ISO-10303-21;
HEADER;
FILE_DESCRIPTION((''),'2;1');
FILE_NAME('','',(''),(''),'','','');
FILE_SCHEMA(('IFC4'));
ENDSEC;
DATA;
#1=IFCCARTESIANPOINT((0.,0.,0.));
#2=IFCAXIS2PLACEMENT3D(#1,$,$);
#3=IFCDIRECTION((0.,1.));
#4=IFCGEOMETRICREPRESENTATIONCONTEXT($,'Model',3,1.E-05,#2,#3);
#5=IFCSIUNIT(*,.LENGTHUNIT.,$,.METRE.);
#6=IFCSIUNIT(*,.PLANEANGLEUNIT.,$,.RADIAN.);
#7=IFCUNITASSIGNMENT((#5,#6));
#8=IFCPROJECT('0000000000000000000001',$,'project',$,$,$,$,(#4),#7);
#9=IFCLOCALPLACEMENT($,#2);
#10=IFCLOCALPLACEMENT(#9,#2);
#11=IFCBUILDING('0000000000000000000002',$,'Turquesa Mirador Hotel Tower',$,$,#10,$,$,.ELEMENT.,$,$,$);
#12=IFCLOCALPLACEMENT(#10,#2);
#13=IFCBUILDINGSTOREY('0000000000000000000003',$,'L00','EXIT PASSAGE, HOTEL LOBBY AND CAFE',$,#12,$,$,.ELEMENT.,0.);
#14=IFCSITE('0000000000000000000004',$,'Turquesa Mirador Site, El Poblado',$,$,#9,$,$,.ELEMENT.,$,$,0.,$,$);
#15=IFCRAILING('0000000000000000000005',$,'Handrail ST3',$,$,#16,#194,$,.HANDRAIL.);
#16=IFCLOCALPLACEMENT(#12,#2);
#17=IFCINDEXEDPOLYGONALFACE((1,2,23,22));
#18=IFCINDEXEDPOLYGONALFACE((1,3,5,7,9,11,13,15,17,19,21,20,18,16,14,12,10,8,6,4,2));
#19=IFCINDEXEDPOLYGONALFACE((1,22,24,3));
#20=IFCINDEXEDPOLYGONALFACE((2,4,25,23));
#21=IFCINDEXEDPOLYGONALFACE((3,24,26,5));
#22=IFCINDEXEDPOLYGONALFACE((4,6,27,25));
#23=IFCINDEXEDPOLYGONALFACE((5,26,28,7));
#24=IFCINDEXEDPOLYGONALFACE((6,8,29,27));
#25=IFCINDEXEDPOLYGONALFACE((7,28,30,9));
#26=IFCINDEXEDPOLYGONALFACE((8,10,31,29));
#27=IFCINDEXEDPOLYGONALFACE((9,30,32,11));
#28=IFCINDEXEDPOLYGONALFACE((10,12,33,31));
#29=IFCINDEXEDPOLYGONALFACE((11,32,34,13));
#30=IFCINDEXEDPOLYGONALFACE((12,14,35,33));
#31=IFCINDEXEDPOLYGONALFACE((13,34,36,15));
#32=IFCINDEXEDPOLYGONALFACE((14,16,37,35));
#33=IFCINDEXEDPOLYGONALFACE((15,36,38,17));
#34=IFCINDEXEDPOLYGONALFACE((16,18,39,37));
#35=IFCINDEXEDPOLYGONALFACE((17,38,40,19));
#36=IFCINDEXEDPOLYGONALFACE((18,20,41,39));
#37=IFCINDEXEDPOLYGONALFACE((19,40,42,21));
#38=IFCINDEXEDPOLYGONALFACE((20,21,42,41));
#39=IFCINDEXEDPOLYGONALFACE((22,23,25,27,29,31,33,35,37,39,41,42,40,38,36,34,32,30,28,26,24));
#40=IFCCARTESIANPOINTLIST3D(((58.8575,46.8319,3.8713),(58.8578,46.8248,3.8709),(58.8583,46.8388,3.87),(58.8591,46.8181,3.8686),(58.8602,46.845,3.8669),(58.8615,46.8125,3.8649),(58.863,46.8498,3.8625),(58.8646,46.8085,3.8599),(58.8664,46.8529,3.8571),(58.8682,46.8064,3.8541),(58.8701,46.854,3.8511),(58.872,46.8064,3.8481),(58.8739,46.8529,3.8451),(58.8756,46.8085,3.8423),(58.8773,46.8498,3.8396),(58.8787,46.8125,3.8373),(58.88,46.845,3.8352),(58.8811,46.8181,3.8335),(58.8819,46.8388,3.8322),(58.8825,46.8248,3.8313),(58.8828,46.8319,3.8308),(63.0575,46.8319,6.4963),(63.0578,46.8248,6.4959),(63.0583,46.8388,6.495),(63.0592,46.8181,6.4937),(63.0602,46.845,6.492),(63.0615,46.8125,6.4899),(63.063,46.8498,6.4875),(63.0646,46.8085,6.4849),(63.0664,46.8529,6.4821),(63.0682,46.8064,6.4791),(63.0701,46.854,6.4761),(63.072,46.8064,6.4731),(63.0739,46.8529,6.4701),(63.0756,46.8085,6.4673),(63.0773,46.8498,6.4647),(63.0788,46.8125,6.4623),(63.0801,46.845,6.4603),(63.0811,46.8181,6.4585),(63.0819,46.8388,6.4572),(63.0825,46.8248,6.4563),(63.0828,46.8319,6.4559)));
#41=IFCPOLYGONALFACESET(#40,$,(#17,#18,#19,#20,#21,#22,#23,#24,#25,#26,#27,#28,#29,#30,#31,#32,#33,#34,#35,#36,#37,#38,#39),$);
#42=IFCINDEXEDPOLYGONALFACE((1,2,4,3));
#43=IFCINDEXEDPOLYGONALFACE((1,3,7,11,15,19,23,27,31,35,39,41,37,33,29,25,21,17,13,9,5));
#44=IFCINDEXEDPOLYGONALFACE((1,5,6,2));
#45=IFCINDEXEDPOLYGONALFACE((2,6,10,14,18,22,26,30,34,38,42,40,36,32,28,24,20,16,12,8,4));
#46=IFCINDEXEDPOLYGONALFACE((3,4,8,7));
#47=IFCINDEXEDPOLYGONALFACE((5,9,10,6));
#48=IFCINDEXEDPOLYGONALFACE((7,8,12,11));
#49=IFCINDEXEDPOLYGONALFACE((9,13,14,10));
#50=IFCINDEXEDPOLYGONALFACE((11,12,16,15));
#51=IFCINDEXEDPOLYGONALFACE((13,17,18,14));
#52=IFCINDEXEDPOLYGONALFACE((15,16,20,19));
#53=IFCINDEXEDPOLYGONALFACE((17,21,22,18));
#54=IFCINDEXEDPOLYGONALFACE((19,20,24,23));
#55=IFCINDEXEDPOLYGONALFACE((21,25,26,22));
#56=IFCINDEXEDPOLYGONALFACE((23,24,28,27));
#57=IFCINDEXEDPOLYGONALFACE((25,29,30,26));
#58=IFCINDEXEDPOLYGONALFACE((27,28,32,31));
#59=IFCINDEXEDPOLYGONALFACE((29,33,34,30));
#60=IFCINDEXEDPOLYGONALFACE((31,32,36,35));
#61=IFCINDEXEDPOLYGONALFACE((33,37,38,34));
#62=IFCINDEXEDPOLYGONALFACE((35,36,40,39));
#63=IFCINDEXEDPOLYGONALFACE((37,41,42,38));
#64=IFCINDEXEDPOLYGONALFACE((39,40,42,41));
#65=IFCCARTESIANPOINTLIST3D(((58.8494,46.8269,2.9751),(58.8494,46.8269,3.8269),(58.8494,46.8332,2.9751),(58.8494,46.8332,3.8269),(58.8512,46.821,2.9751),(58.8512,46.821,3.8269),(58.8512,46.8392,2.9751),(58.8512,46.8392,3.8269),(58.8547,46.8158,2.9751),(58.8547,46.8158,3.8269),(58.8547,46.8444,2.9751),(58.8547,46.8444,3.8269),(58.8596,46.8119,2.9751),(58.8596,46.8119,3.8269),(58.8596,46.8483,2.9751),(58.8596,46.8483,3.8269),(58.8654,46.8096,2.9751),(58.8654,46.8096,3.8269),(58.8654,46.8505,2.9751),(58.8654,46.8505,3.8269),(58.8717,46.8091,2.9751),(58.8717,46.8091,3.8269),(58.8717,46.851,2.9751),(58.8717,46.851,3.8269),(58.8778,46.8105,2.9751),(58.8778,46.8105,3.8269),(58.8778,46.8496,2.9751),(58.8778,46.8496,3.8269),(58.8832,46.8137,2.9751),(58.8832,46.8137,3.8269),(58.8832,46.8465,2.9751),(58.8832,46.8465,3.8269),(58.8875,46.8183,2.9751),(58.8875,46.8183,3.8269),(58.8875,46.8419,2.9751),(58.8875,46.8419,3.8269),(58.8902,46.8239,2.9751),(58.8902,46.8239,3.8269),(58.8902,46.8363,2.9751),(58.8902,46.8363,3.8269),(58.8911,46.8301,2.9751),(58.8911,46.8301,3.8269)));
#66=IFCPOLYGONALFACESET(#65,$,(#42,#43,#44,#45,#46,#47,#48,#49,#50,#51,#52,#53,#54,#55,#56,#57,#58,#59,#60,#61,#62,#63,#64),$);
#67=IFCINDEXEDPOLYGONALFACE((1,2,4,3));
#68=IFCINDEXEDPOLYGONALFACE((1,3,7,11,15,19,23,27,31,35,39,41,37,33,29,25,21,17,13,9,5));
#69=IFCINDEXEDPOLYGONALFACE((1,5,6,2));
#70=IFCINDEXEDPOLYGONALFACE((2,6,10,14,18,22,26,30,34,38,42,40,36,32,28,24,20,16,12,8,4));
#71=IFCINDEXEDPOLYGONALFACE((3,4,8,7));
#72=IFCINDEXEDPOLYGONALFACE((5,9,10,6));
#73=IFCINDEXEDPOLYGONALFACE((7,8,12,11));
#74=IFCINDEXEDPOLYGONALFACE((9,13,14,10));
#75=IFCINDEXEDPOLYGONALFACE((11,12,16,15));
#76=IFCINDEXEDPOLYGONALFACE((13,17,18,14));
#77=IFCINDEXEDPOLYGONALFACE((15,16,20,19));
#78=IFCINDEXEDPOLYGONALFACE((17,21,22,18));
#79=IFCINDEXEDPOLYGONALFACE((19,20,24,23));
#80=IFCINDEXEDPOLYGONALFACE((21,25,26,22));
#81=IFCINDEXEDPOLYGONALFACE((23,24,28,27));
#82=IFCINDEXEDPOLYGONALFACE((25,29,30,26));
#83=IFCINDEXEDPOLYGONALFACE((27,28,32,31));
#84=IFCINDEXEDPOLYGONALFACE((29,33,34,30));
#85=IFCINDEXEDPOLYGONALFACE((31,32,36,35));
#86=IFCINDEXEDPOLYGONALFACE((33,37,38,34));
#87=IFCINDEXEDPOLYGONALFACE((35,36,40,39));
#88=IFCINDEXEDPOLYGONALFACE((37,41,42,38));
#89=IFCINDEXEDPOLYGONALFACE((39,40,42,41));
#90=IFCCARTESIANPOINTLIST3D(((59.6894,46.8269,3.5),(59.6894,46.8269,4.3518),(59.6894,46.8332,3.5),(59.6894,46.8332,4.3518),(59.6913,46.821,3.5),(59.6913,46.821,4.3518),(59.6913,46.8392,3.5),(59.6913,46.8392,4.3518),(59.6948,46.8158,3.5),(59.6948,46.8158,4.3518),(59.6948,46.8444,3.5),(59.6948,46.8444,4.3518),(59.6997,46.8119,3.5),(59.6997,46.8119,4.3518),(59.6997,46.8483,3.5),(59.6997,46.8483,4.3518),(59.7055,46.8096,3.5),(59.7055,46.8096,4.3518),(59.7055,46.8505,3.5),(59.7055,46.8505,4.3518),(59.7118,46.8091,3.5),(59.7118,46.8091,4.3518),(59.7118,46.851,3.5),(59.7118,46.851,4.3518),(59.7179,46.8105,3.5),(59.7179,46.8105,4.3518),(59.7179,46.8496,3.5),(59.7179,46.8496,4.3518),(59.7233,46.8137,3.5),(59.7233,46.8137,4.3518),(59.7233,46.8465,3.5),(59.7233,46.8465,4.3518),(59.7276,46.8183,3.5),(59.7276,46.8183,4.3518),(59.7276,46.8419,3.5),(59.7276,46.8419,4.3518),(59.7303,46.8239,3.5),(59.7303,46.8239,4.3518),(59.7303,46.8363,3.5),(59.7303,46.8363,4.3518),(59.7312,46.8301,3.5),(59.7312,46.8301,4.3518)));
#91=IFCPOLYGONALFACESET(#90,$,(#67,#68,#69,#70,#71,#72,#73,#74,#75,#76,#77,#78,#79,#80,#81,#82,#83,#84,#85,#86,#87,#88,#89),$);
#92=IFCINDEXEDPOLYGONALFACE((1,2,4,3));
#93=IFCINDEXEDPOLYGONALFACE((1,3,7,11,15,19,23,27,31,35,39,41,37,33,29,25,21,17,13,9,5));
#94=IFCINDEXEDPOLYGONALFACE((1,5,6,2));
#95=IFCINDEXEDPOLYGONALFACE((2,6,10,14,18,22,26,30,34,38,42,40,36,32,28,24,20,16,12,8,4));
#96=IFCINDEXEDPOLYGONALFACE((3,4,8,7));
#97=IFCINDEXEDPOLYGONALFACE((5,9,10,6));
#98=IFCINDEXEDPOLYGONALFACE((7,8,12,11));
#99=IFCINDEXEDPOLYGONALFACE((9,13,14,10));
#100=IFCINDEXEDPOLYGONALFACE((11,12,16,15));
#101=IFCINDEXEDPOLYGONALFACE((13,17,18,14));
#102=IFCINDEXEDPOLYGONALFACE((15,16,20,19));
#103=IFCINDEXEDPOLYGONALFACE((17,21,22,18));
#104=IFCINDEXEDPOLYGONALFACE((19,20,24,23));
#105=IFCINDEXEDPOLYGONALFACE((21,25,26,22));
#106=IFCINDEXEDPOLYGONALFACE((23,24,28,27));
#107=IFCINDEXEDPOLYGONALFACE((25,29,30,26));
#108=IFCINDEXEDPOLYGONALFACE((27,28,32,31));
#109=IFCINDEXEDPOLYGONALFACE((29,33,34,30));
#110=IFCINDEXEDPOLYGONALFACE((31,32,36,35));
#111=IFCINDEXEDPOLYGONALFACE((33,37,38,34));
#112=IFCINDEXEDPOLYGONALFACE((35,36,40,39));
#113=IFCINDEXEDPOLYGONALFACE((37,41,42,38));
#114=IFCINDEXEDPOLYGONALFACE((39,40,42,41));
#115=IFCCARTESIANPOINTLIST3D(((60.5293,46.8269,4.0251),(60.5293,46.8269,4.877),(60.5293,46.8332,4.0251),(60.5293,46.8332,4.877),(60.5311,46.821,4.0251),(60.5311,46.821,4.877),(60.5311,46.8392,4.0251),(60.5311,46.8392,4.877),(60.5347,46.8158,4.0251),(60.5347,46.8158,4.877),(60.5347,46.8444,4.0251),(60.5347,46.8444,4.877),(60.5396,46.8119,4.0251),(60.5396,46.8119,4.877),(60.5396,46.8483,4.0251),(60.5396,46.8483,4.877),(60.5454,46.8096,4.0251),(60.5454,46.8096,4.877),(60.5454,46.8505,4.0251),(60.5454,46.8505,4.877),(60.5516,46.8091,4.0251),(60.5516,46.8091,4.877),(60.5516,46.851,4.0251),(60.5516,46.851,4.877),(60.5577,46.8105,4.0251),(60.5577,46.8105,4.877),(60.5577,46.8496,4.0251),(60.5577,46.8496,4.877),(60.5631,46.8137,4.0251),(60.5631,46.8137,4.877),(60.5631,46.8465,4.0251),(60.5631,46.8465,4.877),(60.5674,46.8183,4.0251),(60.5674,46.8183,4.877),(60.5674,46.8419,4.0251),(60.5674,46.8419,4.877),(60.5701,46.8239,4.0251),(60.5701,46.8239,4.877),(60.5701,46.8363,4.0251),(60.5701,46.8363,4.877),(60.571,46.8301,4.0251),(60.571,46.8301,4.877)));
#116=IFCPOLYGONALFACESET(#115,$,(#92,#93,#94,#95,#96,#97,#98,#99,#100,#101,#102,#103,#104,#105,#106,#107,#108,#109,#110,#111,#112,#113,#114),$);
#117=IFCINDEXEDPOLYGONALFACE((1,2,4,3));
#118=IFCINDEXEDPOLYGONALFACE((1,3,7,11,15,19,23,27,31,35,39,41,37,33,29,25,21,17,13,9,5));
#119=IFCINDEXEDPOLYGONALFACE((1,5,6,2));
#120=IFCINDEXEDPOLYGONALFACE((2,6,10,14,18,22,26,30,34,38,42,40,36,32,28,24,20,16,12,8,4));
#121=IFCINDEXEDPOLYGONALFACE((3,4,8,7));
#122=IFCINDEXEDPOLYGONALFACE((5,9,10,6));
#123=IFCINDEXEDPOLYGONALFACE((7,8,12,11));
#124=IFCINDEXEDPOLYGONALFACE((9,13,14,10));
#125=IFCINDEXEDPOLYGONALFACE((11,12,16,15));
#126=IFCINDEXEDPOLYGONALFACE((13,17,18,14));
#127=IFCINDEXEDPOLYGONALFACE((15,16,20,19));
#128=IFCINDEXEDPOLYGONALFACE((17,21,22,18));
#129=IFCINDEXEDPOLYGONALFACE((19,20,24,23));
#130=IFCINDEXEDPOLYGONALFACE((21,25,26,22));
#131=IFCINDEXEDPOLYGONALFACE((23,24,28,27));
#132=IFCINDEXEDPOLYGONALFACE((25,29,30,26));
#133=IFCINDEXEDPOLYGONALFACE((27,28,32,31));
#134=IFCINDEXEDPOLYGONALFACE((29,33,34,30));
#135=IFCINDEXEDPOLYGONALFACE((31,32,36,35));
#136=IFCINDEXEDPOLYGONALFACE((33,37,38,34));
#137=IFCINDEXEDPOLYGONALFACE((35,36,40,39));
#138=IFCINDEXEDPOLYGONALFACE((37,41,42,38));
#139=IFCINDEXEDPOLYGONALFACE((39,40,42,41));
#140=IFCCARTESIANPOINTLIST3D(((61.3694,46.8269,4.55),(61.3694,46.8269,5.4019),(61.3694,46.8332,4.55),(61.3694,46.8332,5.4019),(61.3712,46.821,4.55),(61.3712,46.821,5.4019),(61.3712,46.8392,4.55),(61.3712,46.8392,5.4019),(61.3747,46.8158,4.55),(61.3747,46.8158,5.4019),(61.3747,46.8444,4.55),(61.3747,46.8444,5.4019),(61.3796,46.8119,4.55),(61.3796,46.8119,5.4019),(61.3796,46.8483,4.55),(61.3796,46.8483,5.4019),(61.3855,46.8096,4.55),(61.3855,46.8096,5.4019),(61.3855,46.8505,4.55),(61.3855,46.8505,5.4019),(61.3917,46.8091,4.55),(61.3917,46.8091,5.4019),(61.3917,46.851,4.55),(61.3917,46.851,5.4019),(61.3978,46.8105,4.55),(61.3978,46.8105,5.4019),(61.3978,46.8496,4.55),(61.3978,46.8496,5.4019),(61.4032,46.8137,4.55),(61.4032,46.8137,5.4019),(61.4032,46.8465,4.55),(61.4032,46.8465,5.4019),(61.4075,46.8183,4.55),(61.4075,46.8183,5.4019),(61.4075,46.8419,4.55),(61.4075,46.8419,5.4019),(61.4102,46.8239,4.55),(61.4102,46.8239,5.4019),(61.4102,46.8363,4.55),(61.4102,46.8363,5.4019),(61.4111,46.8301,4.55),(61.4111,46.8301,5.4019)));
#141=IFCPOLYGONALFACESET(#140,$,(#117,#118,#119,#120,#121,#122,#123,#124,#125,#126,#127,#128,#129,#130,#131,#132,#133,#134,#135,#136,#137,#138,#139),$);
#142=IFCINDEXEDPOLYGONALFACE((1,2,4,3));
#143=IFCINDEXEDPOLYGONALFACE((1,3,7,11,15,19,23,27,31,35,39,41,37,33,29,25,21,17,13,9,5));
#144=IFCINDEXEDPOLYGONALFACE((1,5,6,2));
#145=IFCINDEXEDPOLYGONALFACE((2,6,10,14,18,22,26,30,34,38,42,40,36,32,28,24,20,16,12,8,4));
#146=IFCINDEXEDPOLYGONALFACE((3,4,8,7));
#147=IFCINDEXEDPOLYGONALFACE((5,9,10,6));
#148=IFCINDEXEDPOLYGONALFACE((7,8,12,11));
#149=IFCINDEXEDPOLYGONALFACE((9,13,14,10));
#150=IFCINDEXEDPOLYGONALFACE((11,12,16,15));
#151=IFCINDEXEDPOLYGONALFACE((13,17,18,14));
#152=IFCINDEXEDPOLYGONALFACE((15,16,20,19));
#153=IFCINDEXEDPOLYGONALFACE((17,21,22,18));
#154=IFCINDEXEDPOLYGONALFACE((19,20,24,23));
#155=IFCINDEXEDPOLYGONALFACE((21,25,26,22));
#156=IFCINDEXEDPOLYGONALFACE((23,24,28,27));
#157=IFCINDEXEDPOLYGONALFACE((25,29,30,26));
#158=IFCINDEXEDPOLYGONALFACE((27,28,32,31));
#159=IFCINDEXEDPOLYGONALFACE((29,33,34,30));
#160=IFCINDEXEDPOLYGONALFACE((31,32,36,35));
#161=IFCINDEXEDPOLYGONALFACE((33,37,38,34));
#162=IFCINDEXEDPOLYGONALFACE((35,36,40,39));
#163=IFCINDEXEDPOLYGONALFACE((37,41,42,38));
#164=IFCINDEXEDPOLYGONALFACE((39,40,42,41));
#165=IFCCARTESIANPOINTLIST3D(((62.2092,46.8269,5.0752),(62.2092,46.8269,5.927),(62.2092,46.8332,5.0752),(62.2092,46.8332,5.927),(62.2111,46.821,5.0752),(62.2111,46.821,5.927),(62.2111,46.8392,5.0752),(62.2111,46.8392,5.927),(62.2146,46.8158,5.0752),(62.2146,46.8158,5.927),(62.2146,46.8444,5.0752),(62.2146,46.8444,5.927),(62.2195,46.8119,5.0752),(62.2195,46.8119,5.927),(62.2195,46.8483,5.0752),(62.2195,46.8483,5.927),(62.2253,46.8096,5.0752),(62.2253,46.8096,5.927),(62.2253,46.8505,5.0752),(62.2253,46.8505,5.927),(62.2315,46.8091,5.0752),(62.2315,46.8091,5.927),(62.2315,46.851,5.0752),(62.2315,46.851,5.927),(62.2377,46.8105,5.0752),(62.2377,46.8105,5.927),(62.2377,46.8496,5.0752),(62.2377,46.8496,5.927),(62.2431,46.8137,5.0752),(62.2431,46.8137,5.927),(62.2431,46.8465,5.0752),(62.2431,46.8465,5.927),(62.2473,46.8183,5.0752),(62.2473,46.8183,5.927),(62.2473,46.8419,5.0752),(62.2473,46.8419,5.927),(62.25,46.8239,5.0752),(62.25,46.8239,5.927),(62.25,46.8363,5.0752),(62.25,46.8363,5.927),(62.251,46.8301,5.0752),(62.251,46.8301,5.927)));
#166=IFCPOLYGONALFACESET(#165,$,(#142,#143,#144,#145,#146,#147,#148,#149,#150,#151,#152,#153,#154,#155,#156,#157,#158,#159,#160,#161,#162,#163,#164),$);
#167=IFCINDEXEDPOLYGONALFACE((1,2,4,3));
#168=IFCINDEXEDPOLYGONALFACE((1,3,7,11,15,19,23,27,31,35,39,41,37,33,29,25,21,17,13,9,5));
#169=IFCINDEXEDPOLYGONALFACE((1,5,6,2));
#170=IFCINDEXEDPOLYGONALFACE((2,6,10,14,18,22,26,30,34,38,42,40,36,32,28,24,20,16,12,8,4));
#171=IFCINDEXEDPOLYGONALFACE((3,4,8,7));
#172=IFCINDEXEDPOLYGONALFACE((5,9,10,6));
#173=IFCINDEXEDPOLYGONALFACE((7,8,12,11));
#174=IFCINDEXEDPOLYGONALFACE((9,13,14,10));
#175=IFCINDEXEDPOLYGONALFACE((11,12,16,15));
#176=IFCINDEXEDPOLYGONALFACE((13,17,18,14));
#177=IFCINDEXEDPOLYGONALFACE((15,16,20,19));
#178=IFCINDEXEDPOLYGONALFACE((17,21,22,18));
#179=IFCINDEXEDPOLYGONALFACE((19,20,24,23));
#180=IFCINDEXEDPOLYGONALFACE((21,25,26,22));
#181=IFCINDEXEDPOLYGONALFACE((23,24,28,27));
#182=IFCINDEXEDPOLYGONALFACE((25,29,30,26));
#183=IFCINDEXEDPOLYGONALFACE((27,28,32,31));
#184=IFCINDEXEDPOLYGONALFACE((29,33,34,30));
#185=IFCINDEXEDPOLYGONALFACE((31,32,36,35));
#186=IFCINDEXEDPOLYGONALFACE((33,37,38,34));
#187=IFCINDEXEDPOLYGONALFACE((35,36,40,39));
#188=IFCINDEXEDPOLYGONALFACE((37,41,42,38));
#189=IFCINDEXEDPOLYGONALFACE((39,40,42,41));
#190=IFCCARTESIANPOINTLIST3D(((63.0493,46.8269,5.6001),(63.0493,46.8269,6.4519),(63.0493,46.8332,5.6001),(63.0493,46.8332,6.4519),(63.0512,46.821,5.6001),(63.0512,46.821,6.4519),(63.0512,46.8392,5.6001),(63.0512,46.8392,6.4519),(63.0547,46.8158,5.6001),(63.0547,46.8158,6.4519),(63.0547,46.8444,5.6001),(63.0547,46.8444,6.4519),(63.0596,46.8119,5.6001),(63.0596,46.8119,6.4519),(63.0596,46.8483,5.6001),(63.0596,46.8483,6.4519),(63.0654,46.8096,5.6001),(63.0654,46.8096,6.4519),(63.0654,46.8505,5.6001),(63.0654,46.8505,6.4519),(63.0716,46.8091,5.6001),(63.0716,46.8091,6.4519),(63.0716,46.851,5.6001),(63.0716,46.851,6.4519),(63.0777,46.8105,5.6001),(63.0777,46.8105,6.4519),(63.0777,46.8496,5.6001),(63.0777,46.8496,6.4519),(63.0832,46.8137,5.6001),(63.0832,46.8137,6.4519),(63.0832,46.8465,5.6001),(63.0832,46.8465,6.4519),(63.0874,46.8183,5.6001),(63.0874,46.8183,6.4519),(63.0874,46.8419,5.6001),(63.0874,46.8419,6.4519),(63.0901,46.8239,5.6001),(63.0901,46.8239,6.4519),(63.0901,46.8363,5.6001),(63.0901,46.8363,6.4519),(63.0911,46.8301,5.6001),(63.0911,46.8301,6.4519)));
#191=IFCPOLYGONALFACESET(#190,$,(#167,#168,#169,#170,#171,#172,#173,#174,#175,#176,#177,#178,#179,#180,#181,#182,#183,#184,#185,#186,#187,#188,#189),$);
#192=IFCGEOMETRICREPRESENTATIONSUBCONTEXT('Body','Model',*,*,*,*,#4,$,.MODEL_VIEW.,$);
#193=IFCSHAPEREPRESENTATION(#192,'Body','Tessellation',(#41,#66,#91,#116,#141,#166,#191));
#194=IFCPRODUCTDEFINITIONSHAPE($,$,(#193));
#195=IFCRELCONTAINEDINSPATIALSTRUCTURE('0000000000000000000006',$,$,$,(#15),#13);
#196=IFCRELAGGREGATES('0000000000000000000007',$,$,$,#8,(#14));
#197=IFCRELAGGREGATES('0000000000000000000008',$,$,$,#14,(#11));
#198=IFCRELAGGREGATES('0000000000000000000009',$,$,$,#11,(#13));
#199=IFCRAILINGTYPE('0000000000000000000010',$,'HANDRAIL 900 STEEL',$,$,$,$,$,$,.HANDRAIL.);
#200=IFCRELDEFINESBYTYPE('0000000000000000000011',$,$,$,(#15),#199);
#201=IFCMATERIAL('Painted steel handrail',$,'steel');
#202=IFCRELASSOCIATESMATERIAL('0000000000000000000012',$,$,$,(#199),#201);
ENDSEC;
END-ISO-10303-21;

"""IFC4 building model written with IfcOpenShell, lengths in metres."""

from ifc_helpers import new_model, si_unit, direction, frame, origin, origin_2d, place, context, subcontext, project, spatial, circle, extrude, material, type_object, element, save


model = new_model("IFC4")

# Units and contexts
model_context = context("Model", 3, precision=1e-05, world=origin(), true_north=direction((0.0, 1.0)))
body_context = subcontext(model_context, "Body", "Model", "MODEL_VIEW")
ifc_project = project(units=[si_unit("LENGTHUNIT", "METRE"), si_unit("PLANEANGLEUNIT", "RADIAN")], contexts=[model_context])

# Site, building, storey
site_placement = place(None, origin())
site = spatial("IfcSite", under=ifc_project, at=site_placement, Name="Turquesa Mirador Site, El Poblado", CompositionType="ELEMENT", RefElevation=0.0)
building_placement = place(site_placement, origin())
building = spatial("IfcBuilding", under=site, at=building_placement, Name="Turquesa Mirador Hotel Tower", CompositionType="ELEMENT")
storey_placement = place(building_placement, origin())
storey = spatial("IfcBuildingStorey", under=building, at=storey_placement, Name="L00", Description="EXIT PASSAGE, HOTEL LOBBY AND CAFE", CompositionType="ELEMENT", Elevation=0.0)

# Railing
ifc_material_1 = material(Name="Painted steel handrail", Category="steel")
railing_type = type_object("IfcRailingType", Name="HANDRAIL 900 STEEL", PredefinedType="HANDRAIL", material=ifc_material_1)
railing_placement = place(storey_placement, frame((58.8701, 46.8301, 2.9751)))
element("IfcRailing", 1, at=railing_placement, inside=storey, type_object=railing_type, Name="Handrail ST3", PredefinedType="HANDRAIL", context=body_context, shape_type="SweptSolid", body=[
    extrude(circle(Radius=0.0239, at=origin_2d()), frame((0.0, 0.0, 0.876), z_axis=(0.847996, 0.0, 0.530003), x_axis=(0.0, 1.0, 0.0)), (0.0, 0.0, 1.0), 4.9529),
    extrude(circle(Radius=0.021, at=origin_2d()), origin(), (0.0, 0.0, 1.0), 0.8518),
    extrude(circle(Radius=0.021, at=origin_2d()), frame((0.8401, 0.0, 0.5249)), (0.0, 0.0, 1.0), 0.8518),
    extrude(circle(Radius=0.021, at=origin_2d()), frame((1.6799, 0.0, 1.05)), (0.0, 0.0, 1.0), 0.8518),
    extrude(circle(Radius=0.021, at=origin_2d()), frame((2.52, 0.0, 1.575)), (0.0, 0.0, 1.0), 0.8518),
    extrude(circle(Radius=0.021, at=origin_2d()), frame((3.3599, 0.0, 2.1001)), (0.0, 0.0, 1.0), 0.8518),
    extrude(circle(Radius=0.021, at=origin_2d()), frame((4.2, 0.0, 2.625)), (0.0, 0.0, 1.0), 0.8518),
])

save(model, "model.ifc")
